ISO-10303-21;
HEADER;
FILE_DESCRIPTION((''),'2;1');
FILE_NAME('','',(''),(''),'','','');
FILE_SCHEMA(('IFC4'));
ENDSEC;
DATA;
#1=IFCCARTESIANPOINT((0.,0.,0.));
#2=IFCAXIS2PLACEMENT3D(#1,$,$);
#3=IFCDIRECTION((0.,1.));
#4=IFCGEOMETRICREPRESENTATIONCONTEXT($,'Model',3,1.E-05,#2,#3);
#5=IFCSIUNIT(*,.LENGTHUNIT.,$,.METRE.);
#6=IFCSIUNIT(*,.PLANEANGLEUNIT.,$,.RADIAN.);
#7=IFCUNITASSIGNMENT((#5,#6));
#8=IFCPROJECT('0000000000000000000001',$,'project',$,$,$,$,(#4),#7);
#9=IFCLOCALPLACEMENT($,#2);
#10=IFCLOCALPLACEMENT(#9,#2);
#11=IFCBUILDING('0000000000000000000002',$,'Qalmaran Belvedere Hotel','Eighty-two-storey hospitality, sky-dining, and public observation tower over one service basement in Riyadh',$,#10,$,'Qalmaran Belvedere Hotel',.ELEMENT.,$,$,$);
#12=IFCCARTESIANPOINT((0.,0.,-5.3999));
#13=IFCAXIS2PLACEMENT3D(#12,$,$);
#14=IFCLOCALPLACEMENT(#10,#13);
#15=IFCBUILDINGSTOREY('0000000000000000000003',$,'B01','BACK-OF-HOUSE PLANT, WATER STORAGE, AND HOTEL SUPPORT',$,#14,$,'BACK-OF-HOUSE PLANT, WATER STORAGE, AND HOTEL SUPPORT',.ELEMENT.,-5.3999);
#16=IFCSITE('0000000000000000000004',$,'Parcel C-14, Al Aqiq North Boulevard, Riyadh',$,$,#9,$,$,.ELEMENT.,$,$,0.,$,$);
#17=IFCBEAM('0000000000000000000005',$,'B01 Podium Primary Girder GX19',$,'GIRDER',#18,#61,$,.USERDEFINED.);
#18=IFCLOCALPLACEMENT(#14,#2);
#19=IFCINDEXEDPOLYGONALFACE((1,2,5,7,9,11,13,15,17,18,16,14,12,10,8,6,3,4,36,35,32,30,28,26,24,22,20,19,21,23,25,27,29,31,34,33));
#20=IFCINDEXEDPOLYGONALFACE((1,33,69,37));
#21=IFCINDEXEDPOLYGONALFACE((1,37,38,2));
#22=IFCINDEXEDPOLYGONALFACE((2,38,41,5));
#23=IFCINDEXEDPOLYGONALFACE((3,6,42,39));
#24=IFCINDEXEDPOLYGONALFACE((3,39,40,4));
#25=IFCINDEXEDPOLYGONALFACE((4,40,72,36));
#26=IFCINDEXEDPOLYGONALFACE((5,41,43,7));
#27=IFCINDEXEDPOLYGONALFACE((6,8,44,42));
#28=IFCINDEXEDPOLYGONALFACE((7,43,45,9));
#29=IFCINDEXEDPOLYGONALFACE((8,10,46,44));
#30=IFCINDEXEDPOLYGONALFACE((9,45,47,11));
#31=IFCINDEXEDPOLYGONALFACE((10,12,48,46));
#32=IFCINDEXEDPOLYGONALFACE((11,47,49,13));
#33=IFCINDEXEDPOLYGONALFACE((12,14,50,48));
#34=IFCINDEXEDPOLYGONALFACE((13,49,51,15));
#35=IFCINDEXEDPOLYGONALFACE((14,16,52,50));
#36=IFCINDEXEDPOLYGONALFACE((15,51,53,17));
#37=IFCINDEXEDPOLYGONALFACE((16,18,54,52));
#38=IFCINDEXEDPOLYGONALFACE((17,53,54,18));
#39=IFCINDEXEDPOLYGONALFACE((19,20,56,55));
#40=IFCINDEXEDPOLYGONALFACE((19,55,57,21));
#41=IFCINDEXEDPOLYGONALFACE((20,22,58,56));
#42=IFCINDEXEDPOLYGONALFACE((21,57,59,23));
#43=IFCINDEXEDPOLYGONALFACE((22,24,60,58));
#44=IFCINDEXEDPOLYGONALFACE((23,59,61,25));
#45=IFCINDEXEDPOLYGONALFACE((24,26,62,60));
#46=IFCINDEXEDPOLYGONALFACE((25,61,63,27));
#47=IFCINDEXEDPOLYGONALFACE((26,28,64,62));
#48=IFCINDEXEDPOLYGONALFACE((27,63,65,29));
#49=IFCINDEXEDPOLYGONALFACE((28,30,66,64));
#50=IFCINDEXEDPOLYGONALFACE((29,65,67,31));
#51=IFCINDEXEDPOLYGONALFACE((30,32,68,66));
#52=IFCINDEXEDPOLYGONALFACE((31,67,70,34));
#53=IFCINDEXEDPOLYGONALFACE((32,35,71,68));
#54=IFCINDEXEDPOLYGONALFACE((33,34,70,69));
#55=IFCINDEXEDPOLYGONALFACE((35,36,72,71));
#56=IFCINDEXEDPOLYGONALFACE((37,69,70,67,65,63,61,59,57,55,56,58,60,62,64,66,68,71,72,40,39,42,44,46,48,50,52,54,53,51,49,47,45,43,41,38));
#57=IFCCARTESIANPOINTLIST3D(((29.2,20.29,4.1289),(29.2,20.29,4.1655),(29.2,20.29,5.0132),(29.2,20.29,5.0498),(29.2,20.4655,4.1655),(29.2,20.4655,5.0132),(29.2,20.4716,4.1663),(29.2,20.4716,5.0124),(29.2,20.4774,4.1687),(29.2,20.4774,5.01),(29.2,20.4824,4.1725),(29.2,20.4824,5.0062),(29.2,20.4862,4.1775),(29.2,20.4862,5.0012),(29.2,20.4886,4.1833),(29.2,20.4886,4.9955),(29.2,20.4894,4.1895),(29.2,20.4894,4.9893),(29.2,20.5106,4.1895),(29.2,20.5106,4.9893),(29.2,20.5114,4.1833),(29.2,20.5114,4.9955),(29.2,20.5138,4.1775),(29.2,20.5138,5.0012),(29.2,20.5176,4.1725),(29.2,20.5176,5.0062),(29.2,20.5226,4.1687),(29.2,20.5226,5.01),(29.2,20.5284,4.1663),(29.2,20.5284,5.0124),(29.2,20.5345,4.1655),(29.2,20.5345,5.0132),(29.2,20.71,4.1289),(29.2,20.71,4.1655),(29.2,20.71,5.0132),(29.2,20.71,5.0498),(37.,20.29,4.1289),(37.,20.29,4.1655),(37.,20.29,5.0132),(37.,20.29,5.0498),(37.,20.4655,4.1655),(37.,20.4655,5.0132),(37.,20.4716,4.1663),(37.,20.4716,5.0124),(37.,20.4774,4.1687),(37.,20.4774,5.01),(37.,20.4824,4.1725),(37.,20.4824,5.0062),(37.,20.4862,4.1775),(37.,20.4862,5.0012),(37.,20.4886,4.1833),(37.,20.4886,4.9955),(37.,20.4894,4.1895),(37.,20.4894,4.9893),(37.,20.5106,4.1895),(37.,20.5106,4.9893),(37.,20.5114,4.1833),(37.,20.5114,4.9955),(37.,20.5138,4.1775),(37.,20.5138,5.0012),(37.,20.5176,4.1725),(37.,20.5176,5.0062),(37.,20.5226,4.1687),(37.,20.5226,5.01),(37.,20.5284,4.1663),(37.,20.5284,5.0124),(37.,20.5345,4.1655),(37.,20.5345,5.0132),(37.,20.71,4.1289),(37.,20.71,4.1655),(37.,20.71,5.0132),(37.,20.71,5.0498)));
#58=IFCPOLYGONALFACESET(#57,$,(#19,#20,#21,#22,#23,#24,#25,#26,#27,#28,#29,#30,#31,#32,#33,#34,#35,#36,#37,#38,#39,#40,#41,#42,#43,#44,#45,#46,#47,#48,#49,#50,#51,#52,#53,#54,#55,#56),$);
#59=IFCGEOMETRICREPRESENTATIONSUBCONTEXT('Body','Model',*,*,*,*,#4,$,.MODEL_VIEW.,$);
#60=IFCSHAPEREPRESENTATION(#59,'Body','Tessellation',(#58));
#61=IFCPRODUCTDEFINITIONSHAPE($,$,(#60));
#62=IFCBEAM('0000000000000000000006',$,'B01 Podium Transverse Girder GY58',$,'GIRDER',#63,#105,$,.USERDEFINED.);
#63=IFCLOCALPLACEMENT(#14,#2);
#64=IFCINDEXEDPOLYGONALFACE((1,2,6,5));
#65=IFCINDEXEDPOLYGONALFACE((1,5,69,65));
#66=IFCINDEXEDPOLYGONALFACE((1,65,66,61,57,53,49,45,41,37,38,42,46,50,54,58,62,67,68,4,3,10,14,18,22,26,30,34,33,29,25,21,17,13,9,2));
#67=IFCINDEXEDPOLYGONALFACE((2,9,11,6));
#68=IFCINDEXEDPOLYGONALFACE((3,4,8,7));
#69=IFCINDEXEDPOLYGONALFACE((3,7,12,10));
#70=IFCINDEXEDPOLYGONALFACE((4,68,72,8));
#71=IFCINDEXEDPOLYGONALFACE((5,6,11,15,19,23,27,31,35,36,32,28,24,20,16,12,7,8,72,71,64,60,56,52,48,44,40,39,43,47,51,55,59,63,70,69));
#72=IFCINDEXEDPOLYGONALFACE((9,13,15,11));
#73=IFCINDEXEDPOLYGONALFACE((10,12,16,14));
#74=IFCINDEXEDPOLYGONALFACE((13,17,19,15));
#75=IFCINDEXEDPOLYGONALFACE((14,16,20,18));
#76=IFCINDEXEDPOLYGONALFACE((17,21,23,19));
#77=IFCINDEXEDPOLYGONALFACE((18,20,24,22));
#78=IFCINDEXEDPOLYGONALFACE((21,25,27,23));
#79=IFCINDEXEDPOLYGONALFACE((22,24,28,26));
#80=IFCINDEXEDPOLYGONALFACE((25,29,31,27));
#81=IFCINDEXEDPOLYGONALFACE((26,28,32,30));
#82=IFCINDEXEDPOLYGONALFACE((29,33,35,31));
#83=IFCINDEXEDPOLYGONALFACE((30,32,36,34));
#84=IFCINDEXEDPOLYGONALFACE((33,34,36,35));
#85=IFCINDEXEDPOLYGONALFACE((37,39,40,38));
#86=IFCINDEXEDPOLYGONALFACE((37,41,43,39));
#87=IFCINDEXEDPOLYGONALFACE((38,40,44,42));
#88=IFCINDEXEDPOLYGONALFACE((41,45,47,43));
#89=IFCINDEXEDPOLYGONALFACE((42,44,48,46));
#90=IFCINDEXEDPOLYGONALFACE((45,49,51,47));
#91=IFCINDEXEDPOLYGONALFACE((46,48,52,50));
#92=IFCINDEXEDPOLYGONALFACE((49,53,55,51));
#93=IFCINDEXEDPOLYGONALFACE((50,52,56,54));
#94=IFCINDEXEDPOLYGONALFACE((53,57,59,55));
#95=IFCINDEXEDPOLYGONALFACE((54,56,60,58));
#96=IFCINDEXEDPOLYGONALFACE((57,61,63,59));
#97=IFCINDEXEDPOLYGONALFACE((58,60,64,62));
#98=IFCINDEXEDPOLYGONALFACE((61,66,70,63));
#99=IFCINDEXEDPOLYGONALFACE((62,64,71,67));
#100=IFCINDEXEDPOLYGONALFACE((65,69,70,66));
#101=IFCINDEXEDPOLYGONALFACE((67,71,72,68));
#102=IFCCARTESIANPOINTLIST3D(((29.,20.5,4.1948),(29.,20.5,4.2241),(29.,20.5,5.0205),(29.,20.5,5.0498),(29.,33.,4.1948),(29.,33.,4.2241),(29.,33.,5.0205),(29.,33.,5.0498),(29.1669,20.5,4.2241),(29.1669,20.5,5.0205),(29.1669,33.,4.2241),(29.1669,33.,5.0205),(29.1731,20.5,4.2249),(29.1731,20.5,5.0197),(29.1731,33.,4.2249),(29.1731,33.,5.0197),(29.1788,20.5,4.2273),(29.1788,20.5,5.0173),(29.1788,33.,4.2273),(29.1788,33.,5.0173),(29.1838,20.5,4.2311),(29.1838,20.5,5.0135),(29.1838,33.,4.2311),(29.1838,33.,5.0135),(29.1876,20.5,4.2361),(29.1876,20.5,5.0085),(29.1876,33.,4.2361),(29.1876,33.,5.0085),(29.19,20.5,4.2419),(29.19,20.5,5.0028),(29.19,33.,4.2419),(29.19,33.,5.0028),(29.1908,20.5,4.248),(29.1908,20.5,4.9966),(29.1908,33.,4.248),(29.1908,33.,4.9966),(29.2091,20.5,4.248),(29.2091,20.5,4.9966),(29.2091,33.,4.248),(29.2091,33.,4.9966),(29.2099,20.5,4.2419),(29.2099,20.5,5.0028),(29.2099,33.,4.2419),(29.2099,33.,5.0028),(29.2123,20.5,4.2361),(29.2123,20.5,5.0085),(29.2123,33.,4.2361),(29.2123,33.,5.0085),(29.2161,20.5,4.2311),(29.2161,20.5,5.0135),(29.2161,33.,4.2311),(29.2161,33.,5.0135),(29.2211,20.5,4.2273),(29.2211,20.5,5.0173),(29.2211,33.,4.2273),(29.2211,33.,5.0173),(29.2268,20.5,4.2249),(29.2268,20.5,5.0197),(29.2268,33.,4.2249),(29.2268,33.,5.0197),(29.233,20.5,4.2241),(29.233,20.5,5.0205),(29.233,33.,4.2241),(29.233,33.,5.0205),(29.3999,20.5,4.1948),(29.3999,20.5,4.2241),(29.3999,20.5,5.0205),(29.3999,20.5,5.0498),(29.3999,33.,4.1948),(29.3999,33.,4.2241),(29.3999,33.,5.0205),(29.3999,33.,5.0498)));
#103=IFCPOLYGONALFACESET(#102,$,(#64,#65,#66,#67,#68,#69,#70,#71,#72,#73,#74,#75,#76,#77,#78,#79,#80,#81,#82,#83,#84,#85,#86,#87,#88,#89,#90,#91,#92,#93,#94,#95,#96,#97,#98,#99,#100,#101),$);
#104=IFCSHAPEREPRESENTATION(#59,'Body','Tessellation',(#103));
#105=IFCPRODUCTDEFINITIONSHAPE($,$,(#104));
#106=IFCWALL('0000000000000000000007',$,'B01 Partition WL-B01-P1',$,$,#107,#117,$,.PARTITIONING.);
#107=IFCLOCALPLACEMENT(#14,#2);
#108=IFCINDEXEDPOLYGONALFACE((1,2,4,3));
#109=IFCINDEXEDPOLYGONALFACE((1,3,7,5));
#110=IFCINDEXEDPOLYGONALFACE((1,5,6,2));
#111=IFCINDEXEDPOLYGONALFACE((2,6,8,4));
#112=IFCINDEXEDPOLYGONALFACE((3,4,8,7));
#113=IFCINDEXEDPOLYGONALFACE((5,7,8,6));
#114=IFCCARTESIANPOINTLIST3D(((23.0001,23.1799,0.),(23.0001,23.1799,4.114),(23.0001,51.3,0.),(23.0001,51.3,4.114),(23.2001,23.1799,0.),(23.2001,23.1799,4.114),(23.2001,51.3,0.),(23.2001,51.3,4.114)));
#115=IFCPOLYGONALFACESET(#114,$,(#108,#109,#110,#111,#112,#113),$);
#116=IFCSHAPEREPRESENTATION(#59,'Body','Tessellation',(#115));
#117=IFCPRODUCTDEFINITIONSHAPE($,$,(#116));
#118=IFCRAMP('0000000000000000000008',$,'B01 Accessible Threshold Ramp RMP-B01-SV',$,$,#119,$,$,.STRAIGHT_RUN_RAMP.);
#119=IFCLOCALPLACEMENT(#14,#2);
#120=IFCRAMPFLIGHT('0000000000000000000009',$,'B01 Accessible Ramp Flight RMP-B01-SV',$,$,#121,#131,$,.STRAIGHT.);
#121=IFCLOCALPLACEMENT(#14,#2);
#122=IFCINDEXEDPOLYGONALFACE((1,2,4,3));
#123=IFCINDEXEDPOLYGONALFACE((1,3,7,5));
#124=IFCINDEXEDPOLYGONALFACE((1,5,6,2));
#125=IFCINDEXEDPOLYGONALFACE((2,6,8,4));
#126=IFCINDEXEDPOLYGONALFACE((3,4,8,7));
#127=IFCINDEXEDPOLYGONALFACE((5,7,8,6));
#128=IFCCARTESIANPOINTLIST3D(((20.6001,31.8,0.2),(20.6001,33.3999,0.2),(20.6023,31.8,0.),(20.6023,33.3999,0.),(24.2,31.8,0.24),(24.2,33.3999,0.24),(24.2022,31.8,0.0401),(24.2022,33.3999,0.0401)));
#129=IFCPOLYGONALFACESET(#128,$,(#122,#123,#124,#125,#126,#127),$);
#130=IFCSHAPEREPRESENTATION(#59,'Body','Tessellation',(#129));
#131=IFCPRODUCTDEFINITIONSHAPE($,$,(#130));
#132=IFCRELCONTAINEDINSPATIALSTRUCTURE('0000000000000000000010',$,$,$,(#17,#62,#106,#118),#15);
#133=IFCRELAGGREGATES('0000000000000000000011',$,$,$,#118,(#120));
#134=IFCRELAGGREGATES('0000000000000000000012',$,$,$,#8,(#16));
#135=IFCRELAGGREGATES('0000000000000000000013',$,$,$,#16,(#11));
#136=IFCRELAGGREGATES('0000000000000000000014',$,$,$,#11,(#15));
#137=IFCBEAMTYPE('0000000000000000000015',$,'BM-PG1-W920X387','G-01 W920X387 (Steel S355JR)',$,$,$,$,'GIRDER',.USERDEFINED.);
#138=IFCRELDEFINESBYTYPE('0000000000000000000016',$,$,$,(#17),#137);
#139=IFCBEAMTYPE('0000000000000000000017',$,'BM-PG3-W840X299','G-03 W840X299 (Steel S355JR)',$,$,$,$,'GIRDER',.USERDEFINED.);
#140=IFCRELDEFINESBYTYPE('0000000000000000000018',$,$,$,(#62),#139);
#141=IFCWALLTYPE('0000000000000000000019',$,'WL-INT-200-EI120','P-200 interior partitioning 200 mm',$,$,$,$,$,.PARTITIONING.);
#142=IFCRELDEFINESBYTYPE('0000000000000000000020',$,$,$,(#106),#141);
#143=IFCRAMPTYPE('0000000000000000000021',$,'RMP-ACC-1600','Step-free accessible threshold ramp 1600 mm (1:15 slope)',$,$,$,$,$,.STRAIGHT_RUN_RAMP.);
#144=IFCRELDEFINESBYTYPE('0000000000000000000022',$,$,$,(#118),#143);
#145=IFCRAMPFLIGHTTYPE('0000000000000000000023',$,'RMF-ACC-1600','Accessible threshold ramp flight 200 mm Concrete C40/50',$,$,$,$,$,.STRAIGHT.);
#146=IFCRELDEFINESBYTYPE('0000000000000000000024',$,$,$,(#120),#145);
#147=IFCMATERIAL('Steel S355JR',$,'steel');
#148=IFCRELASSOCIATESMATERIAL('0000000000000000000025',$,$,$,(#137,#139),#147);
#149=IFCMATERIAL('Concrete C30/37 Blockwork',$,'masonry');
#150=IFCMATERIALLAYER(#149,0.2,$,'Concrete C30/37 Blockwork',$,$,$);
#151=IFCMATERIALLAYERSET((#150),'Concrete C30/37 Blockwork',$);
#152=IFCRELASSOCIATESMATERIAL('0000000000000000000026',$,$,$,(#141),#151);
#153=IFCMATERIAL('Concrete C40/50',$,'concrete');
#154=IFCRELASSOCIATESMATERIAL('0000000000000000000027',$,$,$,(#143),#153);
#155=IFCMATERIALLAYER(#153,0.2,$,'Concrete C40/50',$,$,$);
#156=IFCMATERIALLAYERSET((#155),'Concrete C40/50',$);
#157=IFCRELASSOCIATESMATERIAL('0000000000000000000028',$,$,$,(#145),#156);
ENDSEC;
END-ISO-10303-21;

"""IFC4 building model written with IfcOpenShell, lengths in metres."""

from ifc_helpers import new_model, si_unit, direction, frame, frame_2d, origin, origin_2d, place, context, subcontext, project, spatial, polyline, rectangle, i_section, outline, extrude, material, layer, layer_set, material_profile, profile_set, type_object, element, aggregate, save


model = new_model("IFC4")

# Units and contexts
model_context = context("Model", 3, precision=1e-05, world=origin(), true_north=direction((0.0, 1.0)))
body_context = subcontext(model_context, "Body", "Model", "MODEL_VIEW")
ifc_project = project(units=[si_unit("LENGTHUNIT", "METRE"), si_unit("PLANEANGLEUNIT", "RADIAN")], contexts=[model_context])

# Site, building, storey
site_placement = place(None, origin())
site = spatial("IfcSite", under=ifc_project, at=site_placement, Name="Parcel C-14, Al Aqiq North Boulevard, Riyadh", CompositionType="ELEMENT", RefElevation=0.0)
building_placement = place(site_placement, origin())
building = spatial("IfcBuilding", under=site, at=building_placement, Name="Qalmaran Belvedere Hotel", Description="Eighty-two-storey hospitality, sky-dining, and public observation tower over one service basement in Riyadh", LongName="Qalmaran Belvedere Hotel", CompositionType="ELEMENT")
storey_placement = place(building_placement, frame((0.0, 0.0, -5.3999)))
storey = spatial("IfcBuildingStorey", under=building, at=storey_placement, Name="B01", Description="BACK-OF-HOUSE PLANT, WATER STORAGE, AND HOTEL SUPPORT", LongName="BACK-OF-HOUSE PLANT, WATER STORAGE, AND HOTEL SUPPORT", CompositionType="ELEMENT", Elevation=-5.3999)

# Beams
ifc_material_1 = material(Name="Steel S355JR", Category="steel")
ifc_material_profile_1 = material_profile(ifc_material_1, i_section(OverallWidth=0.4199, OverallDepth=0.9209, WebThickness=0.0212, FlangeThickness=0.0366, FilletRadius=0.0239, at=origin_2d()), Name="W920X387")
ifc_profile_set_1 = profile_set([ifc_material_profile_1], Name="Steel S355JR")
beam_type_1 = type_object("IfcBeamType", Name="BM-PG1-W920X387", Description="G-01 W920X387 (Steel S355JR)", ElementType="GIRDER", PredefinedType="USERDEFINED", material=ifc_profile_set_1)
beam_1_placement = place(storey_placement, frame((29.2, 20.5, 4.5894), z_axis=(1.0, 0.0, 0.0), x_axis=(0.0, 1.0, 0.0)))
element("IfcBeam", 1, at=beam_1_placement, inside=storey, type_object=beam_type_1, Name="B01 Podium Primary Girder GX19", ObjectType="GIRDER", PredefinedType="USERDEFINED", context=body_context, shape_type="SweptSolid", body=[
    extrude(i_section(OverallWidth=0.4199, OverallDepth=0.9209, WebThickness=0.0212, FlangeThickness=0.0366, FilletRadius=0.0239, at=origin_2d()), origin(), (0.0, 0.0, 1.0), 7.8),
])
ifc_material_profile_2 = material_profile(ifc_material_1, i_section(OverallWidth=0.3999, OverallDepth=0.855, WebThickness=0.0183, FlangeThickness=0.0293, FilletRadius=0.0239, at=origin_2d()), Name="W840X299")
ifc_profile_set_2 = profile_set([ifc_material_profile_2], Name="Steel S355JR")
beam_type_2 = type_object("IfcBeamType", Name="BM-PG3-W840X299", Description="G-03 W840X299 (Steel S355JR)", ElementType="GIRDER", PredefinedType="USERDEFINED", material=ifc_profile_set_2)
beam_2_placement = place(storey_placement, frame((29.2, 20.5, 4.6223), z_axis=(0.0, 1.0, 0.0), x_axis=(-1.0, 0.0, 0.0)))
element("IfcBeam", 2, at=beam_2_placement, inside=storey, type_object=beam_type_2, Name="B01 Podium Transverse Girder GY58", ObjectType="GIRDER", PredefinedType="USERDEFINED", context=body_context, shape_type="SweptSolid", body=[
    extrude(i_section(OverallWidth=0.3999, OverallDepth=0.855, WebThickness=0.0183, FlangeThickness=0.0293, FilletRadius=0.0239, at=origin_2d()), origin(), (0.0, 0.0, 1.0), 12.5),
])

# Wall
ifc_material_2 = material(Name="Concrete C30/37 Blockwork", Category="masonry")
ifc_layer_1 = layer(ifc_material_2, 0.2, Name="Concrete C30/37 Blockwork")
ifc_layer_set_1 = layer_set([ifc_layer_1], Name="Concrete C30/37 Blockwork")
wall_type = type_object("IfcWallType", Name="WL-INT-200-EI120", Description="P-200 interior partitioning 200 mm", PredefinedType="PARTITIONING", material=ifc_layer_set_1)
wall_placement = place(storey_placement, frame((23.1001, 23.1799, 0.0), z_axis=(0.0, 0.0, 1.0), x_axis=(0.0, 1.0, 0.0)))
element("IfcWall", 3, at=wall_placement, inside=storey, type_object=wall_type, Name="B01 Partition WL-B01-P1", PredefinedType="PARTITIONING", context=body_context, shape_type="SweptSolid", body=[
    extrude(rectangle(XDim=28.1201, YDim=0.2, at=frame_2d((14.0601, 0.0))), origin(), (0.0, 0.0, 1.0), 4.114),
])

# Ramp, ramp flight
ifc_material_3 = material(Name="Concrete C40/50", Category="concrete")
ramp_type = type_object("IfcRampType", Name="RMP-ACC-1600", Description="Step-free accessible threshold ramp 1600 mm (1:15 slope)", PredefinedType="STRAIGHT_RUN_RAMP", material=ifc_material_3)
ramp_placement = place(storey_placement, origin())
ramp = element("IfcRamp", 4, at=ramp_placement, inside=storey, type_object=ramp_type, Name="B01 Accessible Threshold Ramp RMP-B01-SV", PredefinedType="STRAIGHT_RUN_RAMP")
ifc_layer_2 = layer(ifc_material_3, 0.2, Name="Concrete C40/50")
ifc_layer_set_2 = layer_set([ifc_layer_2], Name="Concrete C40/50")
ramp_flight_type = type_object("IfcRampFlightType", Name="RMF-ACC-1600", Description="Accessible threshold ramp flight 200 mm Concrete C40/50", PredefinedType="STRAIGHT", material=ifc_layer_set_2)
ramp_flight_placement = place(storey_placement, frame((20.6001, 31.8, 0.2), z_axis=(-0.011122, 0.0, 0.999938), x_axis=(0.999938, 0.0, 0.011122)))
ramp_flight = element("IfcRampFlight", 5, at=ramp_flight_placement, type_object=ramp_flight_type, Name="B01 Accessible Ramp Flight RMP-B01-SV", PredefinedType="STRAIGHT", context=body_context, shape_type="SweptSolid", body=[
    extrude(outline(polyline([(0.0, 0.0), (3.6001, 0.0), (3.6001, 1.5999), (0.0, 1.5999), (0.0, 0.0)])), origin(), (0.0, 0.0, -1.0), 0.2),
])
aggregate(ramp, [ramp_flight])

save(model, "model.ifc")
